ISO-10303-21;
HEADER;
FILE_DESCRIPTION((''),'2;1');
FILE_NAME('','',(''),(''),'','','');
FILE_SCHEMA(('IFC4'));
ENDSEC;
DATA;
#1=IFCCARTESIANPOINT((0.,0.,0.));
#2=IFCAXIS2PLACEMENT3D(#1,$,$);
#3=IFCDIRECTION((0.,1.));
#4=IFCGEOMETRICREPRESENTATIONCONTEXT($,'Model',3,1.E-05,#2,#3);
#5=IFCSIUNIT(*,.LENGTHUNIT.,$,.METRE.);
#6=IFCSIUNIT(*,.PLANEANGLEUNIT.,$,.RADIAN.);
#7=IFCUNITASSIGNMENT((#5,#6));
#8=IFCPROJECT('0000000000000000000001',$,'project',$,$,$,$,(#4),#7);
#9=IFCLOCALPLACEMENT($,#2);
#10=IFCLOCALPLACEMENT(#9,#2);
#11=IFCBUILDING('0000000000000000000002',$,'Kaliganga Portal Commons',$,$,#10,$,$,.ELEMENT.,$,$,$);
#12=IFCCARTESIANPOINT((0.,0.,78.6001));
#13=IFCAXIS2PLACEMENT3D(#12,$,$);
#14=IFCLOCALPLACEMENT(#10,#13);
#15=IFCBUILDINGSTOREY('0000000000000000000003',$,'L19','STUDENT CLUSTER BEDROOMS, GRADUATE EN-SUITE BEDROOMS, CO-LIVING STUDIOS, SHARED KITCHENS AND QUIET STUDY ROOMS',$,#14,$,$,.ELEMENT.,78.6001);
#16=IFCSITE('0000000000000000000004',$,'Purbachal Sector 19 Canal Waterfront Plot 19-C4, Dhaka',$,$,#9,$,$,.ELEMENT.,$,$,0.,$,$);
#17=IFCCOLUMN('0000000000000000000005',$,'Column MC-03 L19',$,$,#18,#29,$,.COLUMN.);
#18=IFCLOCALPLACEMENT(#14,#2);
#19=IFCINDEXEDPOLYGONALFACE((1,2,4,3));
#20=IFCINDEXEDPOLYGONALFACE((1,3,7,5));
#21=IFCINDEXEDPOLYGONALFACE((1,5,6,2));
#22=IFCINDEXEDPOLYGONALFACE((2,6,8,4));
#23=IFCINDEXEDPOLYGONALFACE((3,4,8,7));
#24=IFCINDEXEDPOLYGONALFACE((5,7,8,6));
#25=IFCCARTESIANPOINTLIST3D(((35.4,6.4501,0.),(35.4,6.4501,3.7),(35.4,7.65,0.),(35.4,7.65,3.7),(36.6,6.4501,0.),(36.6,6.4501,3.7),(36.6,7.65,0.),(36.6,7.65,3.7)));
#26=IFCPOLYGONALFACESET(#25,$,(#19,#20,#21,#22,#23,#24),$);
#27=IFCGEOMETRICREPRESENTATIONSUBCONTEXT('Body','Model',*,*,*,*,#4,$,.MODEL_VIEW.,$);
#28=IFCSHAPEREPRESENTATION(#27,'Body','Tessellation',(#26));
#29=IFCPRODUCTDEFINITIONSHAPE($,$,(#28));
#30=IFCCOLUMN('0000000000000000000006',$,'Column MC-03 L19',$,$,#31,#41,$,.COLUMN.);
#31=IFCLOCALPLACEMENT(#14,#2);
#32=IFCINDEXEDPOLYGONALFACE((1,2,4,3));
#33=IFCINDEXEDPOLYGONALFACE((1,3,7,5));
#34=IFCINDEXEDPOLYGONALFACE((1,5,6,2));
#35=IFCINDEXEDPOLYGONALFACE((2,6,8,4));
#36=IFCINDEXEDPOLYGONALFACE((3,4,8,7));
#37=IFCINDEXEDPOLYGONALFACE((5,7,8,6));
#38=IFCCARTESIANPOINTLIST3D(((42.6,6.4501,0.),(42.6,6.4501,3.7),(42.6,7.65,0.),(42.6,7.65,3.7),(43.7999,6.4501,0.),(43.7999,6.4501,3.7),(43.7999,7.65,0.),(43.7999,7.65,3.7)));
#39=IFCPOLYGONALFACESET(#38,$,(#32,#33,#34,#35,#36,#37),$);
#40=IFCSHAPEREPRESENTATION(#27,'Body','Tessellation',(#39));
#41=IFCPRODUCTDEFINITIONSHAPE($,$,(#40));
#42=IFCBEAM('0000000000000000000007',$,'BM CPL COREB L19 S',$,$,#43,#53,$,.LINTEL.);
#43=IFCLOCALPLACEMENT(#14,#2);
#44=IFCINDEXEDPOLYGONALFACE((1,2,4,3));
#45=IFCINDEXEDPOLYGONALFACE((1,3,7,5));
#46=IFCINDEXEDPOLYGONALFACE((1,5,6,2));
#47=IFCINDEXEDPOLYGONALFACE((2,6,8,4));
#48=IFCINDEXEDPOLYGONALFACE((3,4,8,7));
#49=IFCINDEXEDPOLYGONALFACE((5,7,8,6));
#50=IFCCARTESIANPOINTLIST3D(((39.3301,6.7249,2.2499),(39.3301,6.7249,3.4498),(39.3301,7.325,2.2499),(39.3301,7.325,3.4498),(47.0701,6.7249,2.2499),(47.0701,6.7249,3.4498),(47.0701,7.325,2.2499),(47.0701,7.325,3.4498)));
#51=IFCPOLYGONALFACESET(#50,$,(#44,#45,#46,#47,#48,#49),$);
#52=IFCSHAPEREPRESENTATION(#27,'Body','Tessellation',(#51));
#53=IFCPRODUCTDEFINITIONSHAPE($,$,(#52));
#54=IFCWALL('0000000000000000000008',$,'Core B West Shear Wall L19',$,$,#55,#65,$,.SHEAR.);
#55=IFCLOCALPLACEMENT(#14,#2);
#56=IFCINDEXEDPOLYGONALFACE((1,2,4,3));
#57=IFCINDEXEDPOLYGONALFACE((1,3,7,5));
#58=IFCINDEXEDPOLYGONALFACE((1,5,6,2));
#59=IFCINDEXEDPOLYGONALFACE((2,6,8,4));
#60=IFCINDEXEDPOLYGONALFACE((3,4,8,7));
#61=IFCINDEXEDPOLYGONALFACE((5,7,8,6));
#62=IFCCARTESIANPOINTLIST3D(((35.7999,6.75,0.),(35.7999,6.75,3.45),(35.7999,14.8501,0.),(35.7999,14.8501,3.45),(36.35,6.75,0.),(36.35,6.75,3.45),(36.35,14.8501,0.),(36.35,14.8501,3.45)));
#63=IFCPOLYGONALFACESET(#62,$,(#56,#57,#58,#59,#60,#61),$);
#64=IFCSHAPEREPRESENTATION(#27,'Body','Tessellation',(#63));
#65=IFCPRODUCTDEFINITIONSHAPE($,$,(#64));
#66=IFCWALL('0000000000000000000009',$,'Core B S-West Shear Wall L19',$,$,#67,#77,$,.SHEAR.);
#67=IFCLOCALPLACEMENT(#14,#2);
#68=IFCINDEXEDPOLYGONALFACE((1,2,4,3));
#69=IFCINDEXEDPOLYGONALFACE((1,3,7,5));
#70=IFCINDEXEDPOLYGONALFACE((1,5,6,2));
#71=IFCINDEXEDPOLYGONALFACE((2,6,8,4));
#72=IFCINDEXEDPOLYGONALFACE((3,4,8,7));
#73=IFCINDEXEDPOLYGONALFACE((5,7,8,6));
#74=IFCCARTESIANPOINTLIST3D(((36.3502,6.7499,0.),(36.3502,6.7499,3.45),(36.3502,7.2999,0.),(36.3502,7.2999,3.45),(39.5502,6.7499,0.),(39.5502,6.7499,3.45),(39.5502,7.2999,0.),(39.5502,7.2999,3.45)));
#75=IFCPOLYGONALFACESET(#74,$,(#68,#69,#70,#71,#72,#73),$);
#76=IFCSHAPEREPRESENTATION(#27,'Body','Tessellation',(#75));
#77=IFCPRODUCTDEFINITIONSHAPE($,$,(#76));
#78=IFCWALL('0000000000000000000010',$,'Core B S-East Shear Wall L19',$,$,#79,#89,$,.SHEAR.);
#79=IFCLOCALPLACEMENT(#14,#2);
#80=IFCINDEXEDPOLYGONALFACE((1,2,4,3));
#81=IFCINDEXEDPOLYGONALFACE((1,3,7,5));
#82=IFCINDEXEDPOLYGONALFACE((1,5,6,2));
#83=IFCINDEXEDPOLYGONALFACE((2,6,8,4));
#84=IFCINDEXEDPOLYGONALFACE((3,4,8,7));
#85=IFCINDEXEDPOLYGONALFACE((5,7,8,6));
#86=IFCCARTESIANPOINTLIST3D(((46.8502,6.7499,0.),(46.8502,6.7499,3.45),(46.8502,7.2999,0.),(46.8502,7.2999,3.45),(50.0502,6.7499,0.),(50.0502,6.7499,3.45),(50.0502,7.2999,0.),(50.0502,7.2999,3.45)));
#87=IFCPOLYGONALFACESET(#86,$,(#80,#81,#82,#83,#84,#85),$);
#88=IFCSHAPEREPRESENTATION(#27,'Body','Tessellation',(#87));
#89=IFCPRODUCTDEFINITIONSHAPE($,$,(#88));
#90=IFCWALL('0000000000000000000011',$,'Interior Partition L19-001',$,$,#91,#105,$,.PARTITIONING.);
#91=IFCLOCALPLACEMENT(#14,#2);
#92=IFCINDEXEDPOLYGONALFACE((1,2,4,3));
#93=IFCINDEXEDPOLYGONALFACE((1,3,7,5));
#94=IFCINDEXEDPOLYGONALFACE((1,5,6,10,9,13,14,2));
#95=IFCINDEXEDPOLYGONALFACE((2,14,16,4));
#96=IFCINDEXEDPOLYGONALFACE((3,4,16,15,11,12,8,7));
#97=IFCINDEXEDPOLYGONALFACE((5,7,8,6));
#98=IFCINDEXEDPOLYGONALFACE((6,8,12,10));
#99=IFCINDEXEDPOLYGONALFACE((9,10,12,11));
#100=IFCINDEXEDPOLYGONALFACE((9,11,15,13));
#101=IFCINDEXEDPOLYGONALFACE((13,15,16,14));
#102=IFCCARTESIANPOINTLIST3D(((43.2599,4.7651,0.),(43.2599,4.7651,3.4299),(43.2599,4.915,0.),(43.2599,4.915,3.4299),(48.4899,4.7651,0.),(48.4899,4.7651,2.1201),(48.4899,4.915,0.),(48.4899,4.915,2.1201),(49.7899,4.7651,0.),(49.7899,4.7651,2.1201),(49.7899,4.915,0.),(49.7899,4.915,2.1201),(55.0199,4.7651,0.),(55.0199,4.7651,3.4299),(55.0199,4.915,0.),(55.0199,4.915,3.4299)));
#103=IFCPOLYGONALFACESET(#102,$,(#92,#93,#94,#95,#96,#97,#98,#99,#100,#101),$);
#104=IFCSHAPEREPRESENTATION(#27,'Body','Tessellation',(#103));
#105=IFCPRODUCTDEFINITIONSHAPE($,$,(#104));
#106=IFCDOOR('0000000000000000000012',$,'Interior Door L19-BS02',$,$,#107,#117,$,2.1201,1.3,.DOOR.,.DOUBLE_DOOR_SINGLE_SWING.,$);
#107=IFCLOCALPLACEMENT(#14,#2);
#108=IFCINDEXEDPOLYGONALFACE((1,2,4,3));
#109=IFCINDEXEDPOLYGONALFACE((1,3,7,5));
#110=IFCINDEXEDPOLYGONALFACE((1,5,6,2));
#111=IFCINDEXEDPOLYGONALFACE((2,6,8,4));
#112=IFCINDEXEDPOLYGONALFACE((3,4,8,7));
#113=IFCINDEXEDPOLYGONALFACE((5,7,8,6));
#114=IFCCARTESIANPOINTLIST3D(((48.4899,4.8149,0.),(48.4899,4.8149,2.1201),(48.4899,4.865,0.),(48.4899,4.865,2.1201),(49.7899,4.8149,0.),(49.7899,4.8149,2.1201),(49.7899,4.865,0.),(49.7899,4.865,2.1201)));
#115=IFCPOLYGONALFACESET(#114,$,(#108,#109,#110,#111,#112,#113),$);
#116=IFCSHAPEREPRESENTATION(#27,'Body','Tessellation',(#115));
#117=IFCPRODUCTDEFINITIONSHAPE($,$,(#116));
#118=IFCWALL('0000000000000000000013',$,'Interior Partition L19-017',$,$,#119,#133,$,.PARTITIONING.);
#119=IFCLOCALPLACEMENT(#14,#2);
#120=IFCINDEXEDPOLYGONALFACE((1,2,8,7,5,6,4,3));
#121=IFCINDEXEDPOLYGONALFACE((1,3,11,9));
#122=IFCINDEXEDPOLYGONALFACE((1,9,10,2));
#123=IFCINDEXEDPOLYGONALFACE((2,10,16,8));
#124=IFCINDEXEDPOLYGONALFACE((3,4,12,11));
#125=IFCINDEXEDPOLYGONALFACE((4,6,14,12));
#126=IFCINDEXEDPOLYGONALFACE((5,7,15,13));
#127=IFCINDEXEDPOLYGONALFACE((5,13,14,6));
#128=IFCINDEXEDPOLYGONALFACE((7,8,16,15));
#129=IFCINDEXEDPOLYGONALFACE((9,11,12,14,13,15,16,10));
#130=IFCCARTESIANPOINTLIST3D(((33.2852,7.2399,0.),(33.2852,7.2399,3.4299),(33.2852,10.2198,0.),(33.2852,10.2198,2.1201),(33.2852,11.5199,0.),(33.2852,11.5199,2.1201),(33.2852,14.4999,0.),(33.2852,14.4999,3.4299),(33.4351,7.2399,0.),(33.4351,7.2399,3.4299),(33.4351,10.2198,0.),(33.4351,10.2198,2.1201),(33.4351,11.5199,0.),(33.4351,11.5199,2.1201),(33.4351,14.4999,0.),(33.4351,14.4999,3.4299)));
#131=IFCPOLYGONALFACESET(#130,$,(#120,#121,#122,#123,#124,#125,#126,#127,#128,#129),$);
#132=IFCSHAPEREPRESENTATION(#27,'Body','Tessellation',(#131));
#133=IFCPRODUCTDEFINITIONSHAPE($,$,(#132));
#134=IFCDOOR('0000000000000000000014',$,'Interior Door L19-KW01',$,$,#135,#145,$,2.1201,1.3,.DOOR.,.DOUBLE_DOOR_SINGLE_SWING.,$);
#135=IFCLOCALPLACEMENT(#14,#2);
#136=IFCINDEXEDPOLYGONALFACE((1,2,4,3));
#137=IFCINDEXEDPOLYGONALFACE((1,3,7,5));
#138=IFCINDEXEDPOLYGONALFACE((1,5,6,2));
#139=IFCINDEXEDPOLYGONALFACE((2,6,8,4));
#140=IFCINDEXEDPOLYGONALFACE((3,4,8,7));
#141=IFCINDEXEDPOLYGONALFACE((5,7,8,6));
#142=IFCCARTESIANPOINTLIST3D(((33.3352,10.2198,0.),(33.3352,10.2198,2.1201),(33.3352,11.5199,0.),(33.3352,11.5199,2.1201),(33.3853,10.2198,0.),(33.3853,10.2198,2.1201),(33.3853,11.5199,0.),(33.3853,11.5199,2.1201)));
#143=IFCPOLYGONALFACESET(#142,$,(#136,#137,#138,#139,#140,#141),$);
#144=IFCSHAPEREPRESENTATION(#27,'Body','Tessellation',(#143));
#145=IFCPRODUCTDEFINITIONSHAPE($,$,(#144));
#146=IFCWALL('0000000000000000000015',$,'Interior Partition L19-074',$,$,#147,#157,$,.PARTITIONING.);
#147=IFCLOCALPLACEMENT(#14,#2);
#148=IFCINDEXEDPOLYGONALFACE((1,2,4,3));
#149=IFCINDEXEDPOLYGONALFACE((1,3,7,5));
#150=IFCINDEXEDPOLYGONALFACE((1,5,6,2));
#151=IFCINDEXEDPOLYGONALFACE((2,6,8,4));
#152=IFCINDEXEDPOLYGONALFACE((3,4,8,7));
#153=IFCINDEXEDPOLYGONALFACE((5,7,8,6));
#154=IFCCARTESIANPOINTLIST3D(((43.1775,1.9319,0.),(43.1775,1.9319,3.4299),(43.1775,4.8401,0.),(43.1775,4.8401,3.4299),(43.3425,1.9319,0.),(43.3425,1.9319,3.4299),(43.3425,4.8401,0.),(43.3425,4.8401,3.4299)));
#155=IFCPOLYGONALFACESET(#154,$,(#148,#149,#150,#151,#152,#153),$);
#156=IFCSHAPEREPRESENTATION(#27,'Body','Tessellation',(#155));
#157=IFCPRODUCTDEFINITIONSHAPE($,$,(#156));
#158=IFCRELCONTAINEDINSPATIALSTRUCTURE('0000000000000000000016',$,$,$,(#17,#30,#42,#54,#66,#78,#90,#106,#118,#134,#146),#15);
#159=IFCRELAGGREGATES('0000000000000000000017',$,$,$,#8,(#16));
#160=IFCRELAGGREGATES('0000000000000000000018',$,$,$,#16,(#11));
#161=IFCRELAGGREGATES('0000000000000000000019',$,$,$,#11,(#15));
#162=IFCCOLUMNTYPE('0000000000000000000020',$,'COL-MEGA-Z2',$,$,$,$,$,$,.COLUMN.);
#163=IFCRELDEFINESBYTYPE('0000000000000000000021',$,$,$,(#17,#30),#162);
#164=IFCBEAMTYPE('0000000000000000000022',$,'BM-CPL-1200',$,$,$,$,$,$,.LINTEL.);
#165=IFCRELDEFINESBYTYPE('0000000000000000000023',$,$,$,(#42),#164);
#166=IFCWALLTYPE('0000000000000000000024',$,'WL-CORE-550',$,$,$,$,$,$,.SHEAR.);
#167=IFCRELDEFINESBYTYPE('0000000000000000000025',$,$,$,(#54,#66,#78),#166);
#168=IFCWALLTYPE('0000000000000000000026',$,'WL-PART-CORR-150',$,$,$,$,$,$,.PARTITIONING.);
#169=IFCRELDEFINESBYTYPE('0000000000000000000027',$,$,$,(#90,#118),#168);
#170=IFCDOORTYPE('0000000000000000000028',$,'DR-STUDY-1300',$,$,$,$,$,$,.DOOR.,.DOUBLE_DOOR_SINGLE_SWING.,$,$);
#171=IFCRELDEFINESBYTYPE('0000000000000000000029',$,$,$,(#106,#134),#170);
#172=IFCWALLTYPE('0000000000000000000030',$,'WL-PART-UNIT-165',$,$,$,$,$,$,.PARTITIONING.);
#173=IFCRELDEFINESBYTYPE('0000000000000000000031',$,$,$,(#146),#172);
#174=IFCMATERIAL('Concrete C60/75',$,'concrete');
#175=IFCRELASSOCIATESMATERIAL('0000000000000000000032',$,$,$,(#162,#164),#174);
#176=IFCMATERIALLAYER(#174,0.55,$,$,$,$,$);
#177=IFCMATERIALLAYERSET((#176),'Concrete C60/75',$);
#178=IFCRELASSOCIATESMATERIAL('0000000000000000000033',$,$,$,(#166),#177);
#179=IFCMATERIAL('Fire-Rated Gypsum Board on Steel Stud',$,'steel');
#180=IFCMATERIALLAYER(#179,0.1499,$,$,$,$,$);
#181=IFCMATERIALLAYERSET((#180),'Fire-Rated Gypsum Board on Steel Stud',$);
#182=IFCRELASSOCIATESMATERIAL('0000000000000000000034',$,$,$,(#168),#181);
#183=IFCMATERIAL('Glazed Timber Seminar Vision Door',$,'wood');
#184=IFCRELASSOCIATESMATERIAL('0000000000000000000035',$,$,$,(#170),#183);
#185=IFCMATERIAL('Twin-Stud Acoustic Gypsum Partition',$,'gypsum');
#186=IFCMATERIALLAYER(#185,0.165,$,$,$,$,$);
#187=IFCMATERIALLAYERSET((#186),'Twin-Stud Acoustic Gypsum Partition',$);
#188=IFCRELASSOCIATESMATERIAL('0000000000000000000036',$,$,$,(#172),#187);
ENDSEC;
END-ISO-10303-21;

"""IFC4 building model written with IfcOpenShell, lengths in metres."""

from ifc_helpers import new_model, si_unit, direction, frame, frame_2d, origin, origin_2d, place, context, subcontext, project, spatial, rectangle, extrude, source, transform, mapped, material, layer, layer_set, material_profile, profile_set, type_object, element, fill, save


model = new_model("IFC4")

# Units and contexts
model_context = context("Model", 3, precision=1e-05, world=origin(), true_north=direction((0.0, 1.0)))
body_context = subcontext(model_context, "Body", "Model", "MODEL_VIEW")
ifc_project = project(units=[si_unit("LENGTHUNIT", "METRE"), si_unit("PLANEANGLEUNIT", "RADIAN")], contexts=[model_context])

# Site, building, storey
site_placement = place(None, origin())
site = spatial("IfcSite", under=ifc_project, at=site_placement, Name="Purbachal Sector 19 Canal Waterfront Plot 19-C4, Dhaka", CompositionType="ELEMENT", RefElevation=0.0)
building_placement = place(site_placement, origin())
building = spatial("IfcBuilding", under=site, at=building_placement, Name="Kaliganga Portal Commons", CompositionType="ELEMENT")
storey_placement = place(building_placement, frame((0.0, 0.0, 78.6001)))
storey = spatial("IfcBuildingStorey", under=building, at=storey_placement, Name="L19", Description="STUDENT CLUSTER BEDROOMS, GRADUATE EN-SUITE BEDROOMS, CO-LIVING STUDIOS, SHARED KITCHENS AND QUIET STUDY ROOMS", CompositionType="ELEMENT", Elevation=78.6001)

# Columns
ifc_material_1 = material(Name="Concrete C60/75", Category="concrete")
ifc_material_profile_1 = material_profile(ifc_material_1, rectangle(XDim=1.2, YDim=1.2, at=origin_2d()), Name="RC 1200x1200")
ifc_profile_set_1 = profile_set([ifc_material_profile_1], Name="Concrete C60/75")
column_type = type_object("IfcColumnType", Name="COL-MEGA-Z2", PredefinedType="COLUMN", material=ifc_profile_set_1)
shared_shape_1 = source(origin(), body_context, "Body", "SweptSolid", [
    extrude(rectangle(XDim=1.2, YDim=1.2, at=origin_2d()), origin(), (0.0, 0.0, 1.0), 3.7),
])
for number, where, z_axis, x_axis, name in (
    (1, (36.0, 7.05, 0.0), (0.0, 0.0, 1.0), (1.0, 0.0, 0.0), "Column MC-03 L19"),
    (2, (43.2, 7.05, 0.0), (0.0, 0.0, 1.0), (1.0, 0.0, 0.0), "Column MC-03 L19"),
):
    element("IfcColumn", number, at=place(storey_placement, frame(where, z_axis=z_axis, x_axis=x_axis)), inside=storey, type_object=column_type, Name=name, PredefinedType="COLUMN", context=body_context, shape_type="MappedRepresentation", body=[
        mapped(shared_shape_1, transform((0.0, 0.0, 0.0), x_axis=(1.0, 0.0, 0.0), y_axis=(0.0, 1.0, 0.0), z_axis=(0.0, 0.0, 1.0), scale=1.0)),
    ])

# Beam
ifc_material_profile_2 = material_profile(ifc_material_1, rectangle(XDim=0.6001, YDim=1.2, at=origin_2d()), Name="RC 600x1200")
ifc_profile_set_2 = profile_set([ifc_material_profile_2], Name="Concrete C60/75")
beam_type = type_object("IfcBeamType", Name="BM-CPL-1200", PredefinedType="LINTEL", material=ifc_profile_set_2)
shared_shape_2 = source(origin(), body_context, "Body", "SweptSolid", [
    extrude(rectangle(XDim=0.6001, YDim=1.2, at=origin_2d()), origin(), (0.0, 0.0, 1.0), 7.74),
])
beam_placement = place(storey_placement, frame((39.3301, 7.0249, 2.8499), z_axis=(1.0, 0.0, 0.0), x_axis=(0.0, 1.0, 0.0)))
element("IfcBeam", 3, at=beam_placement, inside=storey, type_object=beam_type, Name="BM CPL COREB L19 S", PredefinedType="LINTEL", context=body_context, shape_type="MappedRepresentation", body=[
    mapped(shared_shape_2, transform((0.0, 0.0, 0.0), x_axis=(1.0, 0.0, 0.0), y_axis=(0.0, 1.0, 0.0), z_axis=(0.0, 0.0, 1.0), scale=1.0)),
])

# Walls
ifc_layer_1 = layer(ifc_material_1, 0.55)
ifc_layer_set_1 = layer_set([ifc_layer_1], Name="Concrete C60/75")
wall_type_1 = type_object("IfcWallType", Name="WL-CORE-550", PredefinedType="SHEAR", material=ifc_layer_set_1)
wall_1_placement = place(storey_placement, frame((36.075, 6.75, 0.0), z_axis=(0.0, 0.0, 1.0), x_axis=(0.0, 1.0, 0.0)))
element("IfcWall", 4, at=wall_1_placement, inside=storey, type_object=wall_type_1, Name="Core B West Shear Wall L19", PredefinedType="SHEAR", context=body_context, shape_type="SweptSolid", body=[
    extrude(rectangle(XDim=8.1001, YDim=0.55, at=frame_2d((4.05, 0.0))), origin(), (0.0, 0.0, 1.0), 3.45),
])
for number, where, z_axis, x_axis, name in (
    (5, (36.3501, 7.0249, 0.0), (0.0, 0.0, 1.0), (1.0, 0.0, 0.0), "Core B S-West Shear Wall L19"),
    (6, (46.8501, 7.0249, 0.0), (0.0, 0.0, 1.0), (1.0, 0.0, 0.0), "Core B S-East Shear Wall L19"),
):
    element("IfcWall", number, at=place(storey_placement, frame(where, z_axis=z_axis, x_axis=x_axis)), inside=storey, type_object=wall_type_1, Name=name, PredefinedType="SHEAR", context=body_context, shape_type="SweptSolid", body=[
        extrude(rectangle(XDim=3.2, YDim=0.55, at=frame_2d((1.6001, 0.0))), origin(), (0.0, 0.0, 1.0), 3.45),
    ])

# Walls, openings, doors
ifc_material_2 = material(Name="Fire-Rated Gypsum Board on Steel Stud", Category="steel")
ifc_layer_2 = layer(ifc_material_2, 0.1499)
ifc_layer_set_2 = layer_set([ifc_layer_2], Name="Fire-Rated Gypsum Board on Steel Stud")
wall_type_2 = type_object("IfcWallType", Name="WL-PART-CORR-150", PredefinedType="PARTITIONING", material=ifc_layer_set_2)
wall_2_placement = place(storey_placement, frame((43.26, 4.8401, 0.0), z_axis=(0.0, 0.0, 1.0), x_axis=(1.0, 0.0, 0.0)))
wall_2 = element("IfcWall", 7, at=wall_2_placement, inside=storey, type_object=wall_type_2, Name="Interior Partition L19-001", PredefinedType="PARTITIONING", context=body_context, shape_type="SweptSolid", body=[
    extrude(rectangle(XDim=11.76, YDim=0.1499, at=frame_2d((5.8799, 0.0))), origin(), (0.0, 0.0, 1.0), 3.4299),
])
opening_1_placement = place(wall_2_placement, frame((5.23, 0.0, 0.0)))
opening_1 = element("IfcOpeningElement", 8, at=opening_1_placement, cuts=wall_2, PredefinedType="OPENING", context=body_context, shape_type="SweptSolid", body=[
    extrude(rectangle(XDim=1.3, YDim=2.1201, at=frame_2d((0.6499, 1.0601))), frame((0.0, 0.085, 0.0), z_axis=(0.0, -1.0, 0.0), x_axis=(1.0, 0.0, 0.0)), (0.0, 0.0, 1.0), 0.1699),
])
ifc_material_3 = material(Name="Glazed Timber Seminar Vision Door", Category="wood")
door_type_1 = type_object("IfcDoorType", Name="DR-STUDY-1300", OperationType="DOUBLE_DOOR_SINGLE_SWING", PredefinedType="DOOR", material=ifc_material_3)
door_1_placement = place(opening_1_placement, origin())
door_1 = element("IfcDoor", 9, at=door_1_placement, inside=storey, type_object=door_type_1, Name="Interior Door L19-BS02", OperationType="DOUBLE_DOOR_SINGLE_SWING", OverallHeight=2.1201, OverallWidth=1.3, PredefinedType="DOOR", context=body_context, shape_type="SweptSolid", body=[
    extrude(rectangle(XDim=1.3, YDim=2.1201, at=frame_2d((0.6499, 1.0601))), frame((0.0, 0.0249, 0.0), z_axis=(0.0, -1.0, 0.0), x_axis=(1.0, 0.0, 0.0)), (0.0, 0.0, 1.0), 0.05),
])
fill(opening_1, door_1)
wall_3_placement = place(storey_placement, frame((33.3601, 7.24, 0.0), z_axis=(0.0, 0.0, 1.0), x_axis=(0.0, 1.0, 0.0)))
wall_3 = element("IfcWall", 10, at=wall_3_placement, inside=storey, type_object=wall_type_2, Name="Interior Partition L19-017", PredefinedType="PARTITIONING", context=body_context, shape_type="SweptSolid", body=[
    extrude(rectangle(XDim=7.26, YDim=0.1499, at=frame_2d((3.6299, 0.0))), origin(), (0.0, 0.0, 1.0), 3.4299),
])
opening_2_placement = place(wall_3_placement, frame((2.98, 0.0, 0.0)))
opening_2 = element("IfcOpeningElement", 11, at=opening_2_placement, cuts=wall_3, PredefinedType="OPENING", context=body_context, shape_type="SweptSolid", body=[
    extrude(rectangle(XDim=1.3, YDim=2.1201, at=frame_2d((0.6499, 1.0601))), frame((0.0, 0.085, 0.0), z_axis=(0.0, -1.0, 0.0), x_axis=(1.0, 0.0, 0.0)), (0.0, 0.0, 1.0), 0.1699),
])
door_2_placement = place(opening_2_placement, origin())
door_2 = element("IfcDoor", 12, at=door_2_placement, inside=storey, type_object=door_type_1, Name="Interior Door L19-KW01", OperationType="DOUBLE_DOOR_SINGLE_SWING", OverallHeight=2.1201, OverallWidth=1.3, PredefinedType="DOOR", context=body_context, shape_type="SweptSolid", body=[
    extrude(rectangle(XDim=1.3, YDim=2.1201, at=frame_2d((0.6499, 1.0601))), frame((0.0, 0.0249, 0.0), z_axis=(0.0, -1.0, 0.0), x_axis=(1.0, 0.0, 0.0)), (0.0, 0.0, 1.0), 0.05),
])
fill(opening_2, door_2)

# Wall
ifc_material_4 = material(Name="Twin-Stud Acoustic Gypsum Partition", Category="gypsum")
ifc_layer_3 = layer(ifc_material_4, 0.165)
ifc_layer_set_3 = layer_set([ifc_layer_3], Name="Twin-Stud Acoustic Gypsum Partition")
wall_type_3 = type_object("IfcWallType", Name="WL-PART-UNIT-165", PredefinedType="PARTITIONING", material=ifc_layer_set_3)
wall_4_placement = place(storey_placement, frame((43.26, 1.9319, 0.0), z_axis=(0.0, 0.0, 1.0), x_axis=(0.0, 1.0, 0.0)))
element("IfcWall", 13, at=wall_4_placement, inside=storey, type_object=wall_type_3, Name="Interior Partition L19-074", PredefinedType="PARTITIONING", context=body_context, shape_type="SweptSolid", body=[
    extrude(rectangle(XDim=2.9082, YDim=0.165, at=frame_2d((1.4541, 0.0))), origin(), (0.0, 0.0, 1.0), 3.4299),
])

save(model, "model.ifc")
